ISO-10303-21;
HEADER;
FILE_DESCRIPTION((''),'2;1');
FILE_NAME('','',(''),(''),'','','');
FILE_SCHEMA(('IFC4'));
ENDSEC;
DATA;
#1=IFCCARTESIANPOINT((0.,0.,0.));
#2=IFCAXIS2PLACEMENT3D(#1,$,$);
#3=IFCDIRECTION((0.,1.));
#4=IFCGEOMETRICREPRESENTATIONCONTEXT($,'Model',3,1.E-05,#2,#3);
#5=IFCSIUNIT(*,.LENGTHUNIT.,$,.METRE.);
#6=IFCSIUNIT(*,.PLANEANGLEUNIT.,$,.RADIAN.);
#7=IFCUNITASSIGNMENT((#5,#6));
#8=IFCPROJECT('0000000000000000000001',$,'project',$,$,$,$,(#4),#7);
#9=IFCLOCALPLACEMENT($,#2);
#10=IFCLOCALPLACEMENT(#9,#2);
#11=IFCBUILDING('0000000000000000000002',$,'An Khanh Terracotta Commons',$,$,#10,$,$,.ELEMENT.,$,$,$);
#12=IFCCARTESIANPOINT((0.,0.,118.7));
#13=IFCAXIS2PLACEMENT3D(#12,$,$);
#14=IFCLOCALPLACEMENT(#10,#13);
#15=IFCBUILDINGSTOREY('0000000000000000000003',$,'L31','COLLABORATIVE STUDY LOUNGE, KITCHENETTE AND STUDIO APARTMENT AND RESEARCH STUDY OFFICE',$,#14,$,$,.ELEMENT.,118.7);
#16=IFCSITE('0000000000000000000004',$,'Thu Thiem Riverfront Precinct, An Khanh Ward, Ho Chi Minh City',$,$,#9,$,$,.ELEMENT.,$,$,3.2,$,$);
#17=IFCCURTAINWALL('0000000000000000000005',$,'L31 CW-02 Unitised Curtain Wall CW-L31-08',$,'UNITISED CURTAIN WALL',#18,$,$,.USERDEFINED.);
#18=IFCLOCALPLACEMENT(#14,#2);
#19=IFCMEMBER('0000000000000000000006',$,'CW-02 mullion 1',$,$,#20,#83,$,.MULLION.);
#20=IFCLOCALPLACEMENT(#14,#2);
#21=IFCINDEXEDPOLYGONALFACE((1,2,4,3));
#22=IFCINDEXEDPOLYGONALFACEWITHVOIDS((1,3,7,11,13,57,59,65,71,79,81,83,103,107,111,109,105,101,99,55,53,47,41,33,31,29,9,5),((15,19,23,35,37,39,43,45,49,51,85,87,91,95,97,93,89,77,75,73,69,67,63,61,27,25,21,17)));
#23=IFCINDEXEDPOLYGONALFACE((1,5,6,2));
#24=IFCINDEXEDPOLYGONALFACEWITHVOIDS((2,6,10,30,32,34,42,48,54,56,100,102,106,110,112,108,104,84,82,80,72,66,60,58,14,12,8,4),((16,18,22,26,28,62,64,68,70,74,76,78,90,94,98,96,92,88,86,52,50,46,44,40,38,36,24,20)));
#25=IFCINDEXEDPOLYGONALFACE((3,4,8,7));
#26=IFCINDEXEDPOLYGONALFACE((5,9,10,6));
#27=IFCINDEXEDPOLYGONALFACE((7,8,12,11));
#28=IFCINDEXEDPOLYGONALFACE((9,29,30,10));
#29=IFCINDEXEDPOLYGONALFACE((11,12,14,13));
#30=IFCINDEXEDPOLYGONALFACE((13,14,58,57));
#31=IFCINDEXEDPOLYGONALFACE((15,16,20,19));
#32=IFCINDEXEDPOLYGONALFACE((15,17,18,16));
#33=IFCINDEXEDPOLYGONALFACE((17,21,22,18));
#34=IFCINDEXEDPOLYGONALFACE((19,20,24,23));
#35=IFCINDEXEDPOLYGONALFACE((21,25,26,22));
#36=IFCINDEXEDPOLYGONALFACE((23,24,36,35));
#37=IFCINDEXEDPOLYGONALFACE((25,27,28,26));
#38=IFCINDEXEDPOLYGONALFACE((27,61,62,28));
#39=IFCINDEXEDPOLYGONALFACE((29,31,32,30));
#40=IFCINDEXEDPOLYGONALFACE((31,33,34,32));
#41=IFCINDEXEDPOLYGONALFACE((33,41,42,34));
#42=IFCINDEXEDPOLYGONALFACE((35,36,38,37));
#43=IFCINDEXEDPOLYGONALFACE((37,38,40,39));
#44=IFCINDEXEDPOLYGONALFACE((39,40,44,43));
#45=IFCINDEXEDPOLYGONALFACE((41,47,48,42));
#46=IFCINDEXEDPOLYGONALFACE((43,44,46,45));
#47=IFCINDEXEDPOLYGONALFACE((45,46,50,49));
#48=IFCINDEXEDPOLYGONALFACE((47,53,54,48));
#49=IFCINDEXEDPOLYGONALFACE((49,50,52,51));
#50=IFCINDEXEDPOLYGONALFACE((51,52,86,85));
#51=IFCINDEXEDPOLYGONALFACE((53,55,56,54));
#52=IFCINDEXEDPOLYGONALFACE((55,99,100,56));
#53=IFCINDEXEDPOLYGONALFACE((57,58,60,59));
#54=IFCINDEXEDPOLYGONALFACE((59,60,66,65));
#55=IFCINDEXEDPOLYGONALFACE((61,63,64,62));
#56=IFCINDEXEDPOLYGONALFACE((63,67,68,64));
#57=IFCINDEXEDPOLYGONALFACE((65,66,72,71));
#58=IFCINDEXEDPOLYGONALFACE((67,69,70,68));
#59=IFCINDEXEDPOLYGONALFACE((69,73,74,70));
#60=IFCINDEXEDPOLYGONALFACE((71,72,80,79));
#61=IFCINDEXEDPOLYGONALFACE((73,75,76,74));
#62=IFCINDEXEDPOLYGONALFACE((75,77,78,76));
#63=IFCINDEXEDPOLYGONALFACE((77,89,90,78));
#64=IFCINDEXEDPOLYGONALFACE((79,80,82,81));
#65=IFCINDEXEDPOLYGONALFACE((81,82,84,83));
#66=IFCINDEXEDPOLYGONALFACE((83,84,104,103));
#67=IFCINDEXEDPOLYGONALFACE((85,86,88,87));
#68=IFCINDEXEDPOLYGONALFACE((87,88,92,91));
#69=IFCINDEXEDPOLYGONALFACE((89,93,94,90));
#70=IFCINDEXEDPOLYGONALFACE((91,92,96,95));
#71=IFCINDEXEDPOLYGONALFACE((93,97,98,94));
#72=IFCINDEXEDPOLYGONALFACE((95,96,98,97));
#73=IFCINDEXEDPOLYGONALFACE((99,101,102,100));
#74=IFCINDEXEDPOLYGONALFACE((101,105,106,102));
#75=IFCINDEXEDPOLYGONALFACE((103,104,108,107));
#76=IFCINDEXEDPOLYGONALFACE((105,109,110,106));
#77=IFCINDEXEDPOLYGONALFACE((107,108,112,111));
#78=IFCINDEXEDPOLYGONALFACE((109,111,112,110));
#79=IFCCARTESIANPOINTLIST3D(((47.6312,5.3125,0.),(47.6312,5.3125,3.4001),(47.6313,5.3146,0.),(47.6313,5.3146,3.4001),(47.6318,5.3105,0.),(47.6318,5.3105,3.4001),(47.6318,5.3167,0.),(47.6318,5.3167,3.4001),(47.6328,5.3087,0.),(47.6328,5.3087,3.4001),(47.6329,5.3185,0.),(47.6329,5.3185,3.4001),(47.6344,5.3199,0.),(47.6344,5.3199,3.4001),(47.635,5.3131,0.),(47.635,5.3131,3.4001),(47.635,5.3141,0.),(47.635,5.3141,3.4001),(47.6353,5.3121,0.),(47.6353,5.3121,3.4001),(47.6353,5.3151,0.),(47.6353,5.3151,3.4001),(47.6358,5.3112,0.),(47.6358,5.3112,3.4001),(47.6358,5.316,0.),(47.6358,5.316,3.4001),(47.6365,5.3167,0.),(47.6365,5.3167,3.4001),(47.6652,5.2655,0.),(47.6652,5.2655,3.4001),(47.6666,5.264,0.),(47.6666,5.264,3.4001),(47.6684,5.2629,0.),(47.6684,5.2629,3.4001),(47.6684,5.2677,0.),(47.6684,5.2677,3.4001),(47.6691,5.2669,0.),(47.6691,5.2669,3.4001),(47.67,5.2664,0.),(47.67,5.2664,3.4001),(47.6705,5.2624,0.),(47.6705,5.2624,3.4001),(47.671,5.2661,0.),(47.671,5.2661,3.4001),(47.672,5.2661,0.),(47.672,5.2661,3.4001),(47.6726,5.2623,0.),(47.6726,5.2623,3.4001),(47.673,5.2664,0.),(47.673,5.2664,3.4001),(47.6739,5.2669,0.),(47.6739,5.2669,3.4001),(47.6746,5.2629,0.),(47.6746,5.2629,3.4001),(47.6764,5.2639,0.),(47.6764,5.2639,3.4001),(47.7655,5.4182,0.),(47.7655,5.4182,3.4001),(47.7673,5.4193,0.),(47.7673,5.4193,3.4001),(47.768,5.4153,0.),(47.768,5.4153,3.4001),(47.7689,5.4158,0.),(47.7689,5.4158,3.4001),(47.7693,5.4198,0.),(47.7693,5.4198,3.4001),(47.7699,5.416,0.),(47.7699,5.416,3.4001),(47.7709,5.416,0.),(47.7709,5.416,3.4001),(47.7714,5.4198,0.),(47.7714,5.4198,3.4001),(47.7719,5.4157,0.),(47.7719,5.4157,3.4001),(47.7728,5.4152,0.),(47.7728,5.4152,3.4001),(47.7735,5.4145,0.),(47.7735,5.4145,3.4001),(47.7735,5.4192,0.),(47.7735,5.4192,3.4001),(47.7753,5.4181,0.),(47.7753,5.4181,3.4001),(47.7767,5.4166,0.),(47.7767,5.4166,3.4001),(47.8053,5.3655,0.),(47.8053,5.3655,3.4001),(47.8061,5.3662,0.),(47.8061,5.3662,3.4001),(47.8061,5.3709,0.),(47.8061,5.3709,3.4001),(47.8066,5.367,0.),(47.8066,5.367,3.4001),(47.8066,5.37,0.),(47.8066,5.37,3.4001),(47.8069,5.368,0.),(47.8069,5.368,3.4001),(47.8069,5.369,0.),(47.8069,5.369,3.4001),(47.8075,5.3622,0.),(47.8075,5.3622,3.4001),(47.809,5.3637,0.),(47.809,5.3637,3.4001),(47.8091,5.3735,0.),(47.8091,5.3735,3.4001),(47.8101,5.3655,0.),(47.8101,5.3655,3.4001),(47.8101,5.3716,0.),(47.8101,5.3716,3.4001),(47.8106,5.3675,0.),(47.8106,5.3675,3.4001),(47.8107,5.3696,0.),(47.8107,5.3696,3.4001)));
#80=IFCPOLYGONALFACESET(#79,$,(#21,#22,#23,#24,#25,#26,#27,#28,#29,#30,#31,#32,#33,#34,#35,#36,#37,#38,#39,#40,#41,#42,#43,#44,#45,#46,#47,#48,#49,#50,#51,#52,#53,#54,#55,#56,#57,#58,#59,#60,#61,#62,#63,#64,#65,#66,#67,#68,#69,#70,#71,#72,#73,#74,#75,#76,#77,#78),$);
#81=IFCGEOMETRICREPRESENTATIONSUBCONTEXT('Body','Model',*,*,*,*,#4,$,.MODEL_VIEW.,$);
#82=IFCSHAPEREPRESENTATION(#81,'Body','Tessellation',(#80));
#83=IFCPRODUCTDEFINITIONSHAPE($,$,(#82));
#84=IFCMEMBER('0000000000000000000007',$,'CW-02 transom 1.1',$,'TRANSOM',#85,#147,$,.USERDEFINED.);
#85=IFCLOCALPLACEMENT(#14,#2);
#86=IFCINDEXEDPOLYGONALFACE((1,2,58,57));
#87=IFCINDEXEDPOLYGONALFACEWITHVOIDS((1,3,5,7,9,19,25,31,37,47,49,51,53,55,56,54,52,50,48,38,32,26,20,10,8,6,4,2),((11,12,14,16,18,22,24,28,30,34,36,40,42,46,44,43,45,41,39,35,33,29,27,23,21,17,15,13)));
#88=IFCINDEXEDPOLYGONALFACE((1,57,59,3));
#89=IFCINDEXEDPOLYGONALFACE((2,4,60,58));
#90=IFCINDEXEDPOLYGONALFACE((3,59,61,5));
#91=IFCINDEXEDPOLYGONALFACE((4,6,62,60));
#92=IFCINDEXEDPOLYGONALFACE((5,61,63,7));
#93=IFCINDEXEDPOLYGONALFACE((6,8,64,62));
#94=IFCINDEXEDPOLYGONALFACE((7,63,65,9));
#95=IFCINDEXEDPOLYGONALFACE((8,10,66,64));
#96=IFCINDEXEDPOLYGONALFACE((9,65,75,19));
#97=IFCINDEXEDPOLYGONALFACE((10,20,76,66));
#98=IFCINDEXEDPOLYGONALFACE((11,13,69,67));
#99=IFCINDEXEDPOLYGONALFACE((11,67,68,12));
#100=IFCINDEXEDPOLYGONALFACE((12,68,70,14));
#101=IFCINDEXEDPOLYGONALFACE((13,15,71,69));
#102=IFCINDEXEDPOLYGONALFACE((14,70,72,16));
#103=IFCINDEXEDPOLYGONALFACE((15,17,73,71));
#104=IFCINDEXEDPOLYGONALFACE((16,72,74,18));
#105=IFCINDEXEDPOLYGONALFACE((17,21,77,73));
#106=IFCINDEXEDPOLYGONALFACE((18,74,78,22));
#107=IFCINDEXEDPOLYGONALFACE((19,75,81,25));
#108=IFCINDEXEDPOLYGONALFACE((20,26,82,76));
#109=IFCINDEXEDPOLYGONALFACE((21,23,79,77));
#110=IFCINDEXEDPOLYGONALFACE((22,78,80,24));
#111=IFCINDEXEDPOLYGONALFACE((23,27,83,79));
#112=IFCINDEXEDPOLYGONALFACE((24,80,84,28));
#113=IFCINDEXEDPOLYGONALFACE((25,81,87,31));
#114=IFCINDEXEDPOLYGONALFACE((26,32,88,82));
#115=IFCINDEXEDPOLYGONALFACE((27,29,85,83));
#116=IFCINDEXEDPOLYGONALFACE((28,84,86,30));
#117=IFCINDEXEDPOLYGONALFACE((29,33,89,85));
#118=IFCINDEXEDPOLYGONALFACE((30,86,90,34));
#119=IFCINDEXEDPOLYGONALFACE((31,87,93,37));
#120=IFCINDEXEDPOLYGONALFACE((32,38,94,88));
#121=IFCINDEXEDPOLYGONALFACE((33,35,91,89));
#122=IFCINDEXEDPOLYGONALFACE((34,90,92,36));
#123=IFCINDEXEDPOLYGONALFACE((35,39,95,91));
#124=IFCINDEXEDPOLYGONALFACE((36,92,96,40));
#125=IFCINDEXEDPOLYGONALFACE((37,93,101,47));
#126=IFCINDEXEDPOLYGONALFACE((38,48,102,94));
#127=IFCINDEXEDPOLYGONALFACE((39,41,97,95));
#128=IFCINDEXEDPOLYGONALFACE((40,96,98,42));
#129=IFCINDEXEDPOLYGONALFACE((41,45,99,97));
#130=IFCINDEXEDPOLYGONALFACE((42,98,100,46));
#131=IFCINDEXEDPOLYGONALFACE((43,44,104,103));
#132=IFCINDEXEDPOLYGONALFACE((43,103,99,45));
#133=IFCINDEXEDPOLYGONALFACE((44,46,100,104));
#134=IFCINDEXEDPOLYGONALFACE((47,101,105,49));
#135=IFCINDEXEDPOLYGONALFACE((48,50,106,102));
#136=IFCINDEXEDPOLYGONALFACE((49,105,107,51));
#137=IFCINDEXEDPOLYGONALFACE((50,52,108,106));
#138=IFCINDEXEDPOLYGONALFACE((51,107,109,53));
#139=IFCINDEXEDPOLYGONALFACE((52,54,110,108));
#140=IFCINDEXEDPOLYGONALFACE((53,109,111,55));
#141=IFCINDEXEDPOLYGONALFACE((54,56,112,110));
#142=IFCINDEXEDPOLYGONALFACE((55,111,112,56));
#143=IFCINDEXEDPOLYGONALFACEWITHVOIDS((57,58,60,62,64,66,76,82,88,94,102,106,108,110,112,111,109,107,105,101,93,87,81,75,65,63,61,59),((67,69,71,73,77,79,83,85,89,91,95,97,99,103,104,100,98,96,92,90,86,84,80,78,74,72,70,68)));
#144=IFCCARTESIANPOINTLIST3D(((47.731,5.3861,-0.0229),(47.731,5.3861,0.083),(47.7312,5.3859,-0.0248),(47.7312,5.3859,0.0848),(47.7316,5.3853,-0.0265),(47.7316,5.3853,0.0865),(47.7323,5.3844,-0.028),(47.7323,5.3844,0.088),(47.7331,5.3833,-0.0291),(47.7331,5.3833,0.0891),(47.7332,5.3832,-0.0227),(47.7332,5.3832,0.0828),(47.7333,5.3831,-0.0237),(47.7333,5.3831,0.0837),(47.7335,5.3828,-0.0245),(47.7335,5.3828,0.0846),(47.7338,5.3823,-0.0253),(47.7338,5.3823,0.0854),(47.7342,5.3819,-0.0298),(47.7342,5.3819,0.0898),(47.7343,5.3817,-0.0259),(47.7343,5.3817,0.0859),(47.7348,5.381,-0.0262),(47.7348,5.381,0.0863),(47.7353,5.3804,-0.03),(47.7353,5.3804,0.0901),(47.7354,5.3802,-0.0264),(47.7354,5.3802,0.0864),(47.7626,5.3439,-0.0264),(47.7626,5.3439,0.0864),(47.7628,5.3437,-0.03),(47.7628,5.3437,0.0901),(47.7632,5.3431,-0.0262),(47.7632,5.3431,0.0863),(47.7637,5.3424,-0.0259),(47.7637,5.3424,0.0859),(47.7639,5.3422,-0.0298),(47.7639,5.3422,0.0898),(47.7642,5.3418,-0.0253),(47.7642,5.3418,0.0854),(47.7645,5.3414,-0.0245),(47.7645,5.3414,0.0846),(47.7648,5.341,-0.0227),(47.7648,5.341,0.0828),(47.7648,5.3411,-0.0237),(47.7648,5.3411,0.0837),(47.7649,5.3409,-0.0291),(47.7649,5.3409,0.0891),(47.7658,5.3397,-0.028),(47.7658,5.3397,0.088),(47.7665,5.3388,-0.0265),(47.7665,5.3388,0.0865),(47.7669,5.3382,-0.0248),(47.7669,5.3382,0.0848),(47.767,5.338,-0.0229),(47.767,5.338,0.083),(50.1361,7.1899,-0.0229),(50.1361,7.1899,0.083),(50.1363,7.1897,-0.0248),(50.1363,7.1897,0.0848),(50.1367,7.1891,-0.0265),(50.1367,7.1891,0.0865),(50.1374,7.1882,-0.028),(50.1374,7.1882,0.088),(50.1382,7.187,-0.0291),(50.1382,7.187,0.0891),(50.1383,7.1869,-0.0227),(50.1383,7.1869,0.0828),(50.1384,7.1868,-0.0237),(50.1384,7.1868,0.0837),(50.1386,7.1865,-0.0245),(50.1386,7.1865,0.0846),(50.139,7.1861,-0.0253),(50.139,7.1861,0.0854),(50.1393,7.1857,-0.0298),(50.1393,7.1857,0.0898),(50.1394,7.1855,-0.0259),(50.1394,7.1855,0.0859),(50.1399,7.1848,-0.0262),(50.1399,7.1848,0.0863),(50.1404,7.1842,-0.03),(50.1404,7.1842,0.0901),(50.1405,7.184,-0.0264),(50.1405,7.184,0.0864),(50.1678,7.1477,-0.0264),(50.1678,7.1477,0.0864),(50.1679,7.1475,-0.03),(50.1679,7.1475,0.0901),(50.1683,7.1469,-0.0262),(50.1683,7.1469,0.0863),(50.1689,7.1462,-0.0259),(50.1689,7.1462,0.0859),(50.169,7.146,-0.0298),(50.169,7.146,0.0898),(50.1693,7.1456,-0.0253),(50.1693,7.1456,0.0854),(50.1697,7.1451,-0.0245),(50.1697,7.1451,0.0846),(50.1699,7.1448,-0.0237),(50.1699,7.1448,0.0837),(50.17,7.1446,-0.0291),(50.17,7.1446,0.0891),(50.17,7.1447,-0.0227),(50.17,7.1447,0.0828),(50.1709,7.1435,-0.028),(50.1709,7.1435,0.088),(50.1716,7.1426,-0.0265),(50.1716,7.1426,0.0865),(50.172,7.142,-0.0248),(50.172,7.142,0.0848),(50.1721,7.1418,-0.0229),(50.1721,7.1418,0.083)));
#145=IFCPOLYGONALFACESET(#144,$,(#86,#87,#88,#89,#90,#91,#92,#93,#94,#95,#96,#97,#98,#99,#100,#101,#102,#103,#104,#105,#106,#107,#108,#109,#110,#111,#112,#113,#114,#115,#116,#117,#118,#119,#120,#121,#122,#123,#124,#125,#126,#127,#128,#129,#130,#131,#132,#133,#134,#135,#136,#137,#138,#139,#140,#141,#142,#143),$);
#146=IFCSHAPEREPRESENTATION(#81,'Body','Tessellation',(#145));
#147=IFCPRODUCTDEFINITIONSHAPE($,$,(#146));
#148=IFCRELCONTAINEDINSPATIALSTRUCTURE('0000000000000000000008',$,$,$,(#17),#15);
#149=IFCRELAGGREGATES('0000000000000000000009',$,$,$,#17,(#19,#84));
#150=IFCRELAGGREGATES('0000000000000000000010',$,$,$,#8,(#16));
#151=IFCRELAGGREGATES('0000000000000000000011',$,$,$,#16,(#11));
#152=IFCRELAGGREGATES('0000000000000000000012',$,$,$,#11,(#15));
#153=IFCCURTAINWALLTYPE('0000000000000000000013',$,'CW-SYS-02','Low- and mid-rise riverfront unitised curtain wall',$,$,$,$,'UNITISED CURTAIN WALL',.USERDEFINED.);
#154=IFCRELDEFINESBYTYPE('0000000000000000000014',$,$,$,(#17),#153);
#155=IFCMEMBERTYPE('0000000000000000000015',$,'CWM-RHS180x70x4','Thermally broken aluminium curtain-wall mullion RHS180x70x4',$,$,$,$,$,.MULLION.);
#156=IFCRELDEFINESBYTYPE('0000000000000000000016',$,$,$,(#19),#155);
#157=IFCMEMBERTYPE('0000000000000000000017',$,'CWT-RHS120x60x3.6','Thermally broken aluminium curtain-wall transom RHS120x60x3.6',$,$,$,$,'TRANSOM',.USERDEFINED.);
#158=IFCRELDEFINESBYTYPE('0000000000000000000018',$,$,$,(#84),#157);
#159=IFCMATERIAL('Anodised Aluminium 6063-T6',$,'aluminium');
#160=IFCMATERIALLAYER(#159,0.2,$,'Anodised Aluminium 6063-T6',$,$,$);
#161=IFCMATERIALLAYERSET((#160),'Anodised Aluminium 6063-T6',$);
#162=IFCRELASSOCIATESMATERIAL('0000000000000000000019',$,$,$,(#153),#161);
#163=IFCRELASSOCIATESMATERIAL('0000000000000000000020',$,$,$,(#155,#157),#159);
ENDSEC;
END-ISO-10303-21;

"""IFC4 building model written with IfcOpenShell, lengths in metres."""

from ifc_helpers import new_model, si_unit, direction, frame, origin, origin_2d, place, context, subcontext, project, spatial, hollow_rectangle, extrude, material, layer, layer_set, material_profile, profile_set, type_object, element, aggregate, save


model = new_model("IFC4")

# Units and contexts
model_context = context("Model", 3, precision=1e-05, world=origin(), true_north=direction((0.0, 1.0)))
body_context = subcontext(model_context, "Body", "Model", "MODEL_VIEW")
ifc_project = project(units=[si_unit("LENGTHUNIT", "METRE"), si_unit("PLANEANGLEUNIT", "RADIAN")], contexts=[model_context])

# Site, building, storey
site_placement = place(None, origin())
site = spatial("IfcSite", under=ifc_project, at=site_placement, Name="Thu Thiem Riverfront Precinct, An Khanh Ward, Ho Chi Minh City", CompositionType="ELEMENT", RefElevation=3.2)
building_placement = place(site_placement, origin())
building = spatial("IfcBuilding", under=site, at=building_placement, Name="An Khanh Terracotta Commons", CompositionType="ELEMENT")
storey_placement = place(building_placement, frame((0.0, 0.0, 118.7)))
storey = spatial("IfcBuildingStorey", under=building, at=storey_placement, Name="L31", Description="COLLABORATIVE STUDY LOUNGE, KITCHENETTE AND STUDIO APARTMENT AND RESEARCH STUDY OFFICE", CompositionType="ELEMENT", Elevation=118.7)

# Curtain wall, members
ifc_material_1 = material(Name="Anodised Aluminium 6063-T6", Category="aluminium")
ifc_layer_1 = layer(ifc_material_1, 0.2, Name="Anodised Aluminium 6063-T6")
ifc_layer_set_1 = layer_set([ifc_layer_1], Name="Anodised Aluminium 6063-T6")
curtain_wall_type = type_object("IfcCurtainWallType", Name="CW-SYS-02", Description="Low- and mid-rise riverfront unitised curtain wall", ElementType="UNITISED CURTAIN WALL", PredefinedType="USERDEFINED", material=ifc_layer_set_1)
curtain_wall_placement = place(storey_placement, origin())
curtain_wall = element("IfcCurtainWall", 1, at=curtain_wall_placement, inside=storey, type_object=curtain_wall_type, Name="L31 CW-02 Unitised Curtain Wall CW-L31-08", ObjectType="UNITISED CURTAIN WALL", PredefinedType="USERDEFINED")
ifc_material_profile_1 = material_profile(ifc_material_1, hollow_rectangle(XDim=0.0701, YDim=0.1799, WallThickness=0.0039, InnerFilletRadius=0.0039, OuterFilletRadius=0.0081, at=origin_2d()), Name="RHS180x70x4")
ifc_profile_set_1 = profile_set([ifc_material_profile_1], Name="Anodised Aluminium 6063-T6")
member_type_1 = type_object("IfcMemberType", Name="CWM-RHS180x70x4", Description="Thermally broken aluminium curtain-wall mullion RHS180x70x4", PredefinedType="MULLION", material=ifc_profile_set_1)
member_1_placement = place(storey_placement, frame((47.7209, 5.3411, 0.0), z_axis=(0.0, 0.0, 1.0), x_axis=(-0.599983, 0.800013, 0.0)))
member_1 = element("IfcMember", 2, at=member_1_placement, type_object=member_type_1, Name="CW-02 mullion 1", PredefinedType="MULLION", context=body_context, shape_type="SweptSolid", body=[
    extrude(hollow_rectangle(XDim=0.0701, YDim=0.1799, WallThickness=0.0039, InnerFilletRadius=0.0039, OuterFilletRadius=0.0081, at=origin_2d()), origin(), (0.0, 0.0, 1.0), 3.4001),
])
ifc_material_profile_2 = material_profile(ifc_material_1, hollow_rectangle(XDim=0.0601, YDim=0.1201, WallThickness=0.0037, InnerFilletRadius=0.0037, OuterFilletRadius=0.0071, at=origin_2d()), Name="RHS120x60x3.6")
ifc_profile_set_2 = profile_set([ifc_material_profile_2], Name="Anodised Aluminium 6063-T6")
member_type_2 = type_object("IfcMemberType", Name="CWT-RHS120x60x3.6", Description="Thermally broken aluminium curtain-wall transom RHS120x60x3.6", ElementType="TRANSOM", PredefinedType="USERDEFINED", material=ifc_profile_set_2)
member_2_placement = place(storey_placement, frame((47.749, 5.3621, 0.03), z_axis=(0.80001, 0.599987, 0.0), x_axis=(-0.599987, 0.80001, 0.0)))
member_2 = element("IfcMember", 3, at=member_2_placement, type_object=member_type_2, Name="CW-02 transom 1.1", ObjectType="TRANSOM", PredefinedType="USERDEFINED", context=body_context, shape_type="SweptSolid", body=[
    extrude(hollow_rectangle(XDim=0.0601, YDim=0.1201, WallThickness=0.0037, InnerFilletRadius=0.0037, OuterFilletRadius=0.0071, at=origin_2d()), origin(), (0.0, 0.0, 1.0), 3.0063),
])
aggregate(curtain_wall, [member_1, member_2])

save(model, "model.ifc")
